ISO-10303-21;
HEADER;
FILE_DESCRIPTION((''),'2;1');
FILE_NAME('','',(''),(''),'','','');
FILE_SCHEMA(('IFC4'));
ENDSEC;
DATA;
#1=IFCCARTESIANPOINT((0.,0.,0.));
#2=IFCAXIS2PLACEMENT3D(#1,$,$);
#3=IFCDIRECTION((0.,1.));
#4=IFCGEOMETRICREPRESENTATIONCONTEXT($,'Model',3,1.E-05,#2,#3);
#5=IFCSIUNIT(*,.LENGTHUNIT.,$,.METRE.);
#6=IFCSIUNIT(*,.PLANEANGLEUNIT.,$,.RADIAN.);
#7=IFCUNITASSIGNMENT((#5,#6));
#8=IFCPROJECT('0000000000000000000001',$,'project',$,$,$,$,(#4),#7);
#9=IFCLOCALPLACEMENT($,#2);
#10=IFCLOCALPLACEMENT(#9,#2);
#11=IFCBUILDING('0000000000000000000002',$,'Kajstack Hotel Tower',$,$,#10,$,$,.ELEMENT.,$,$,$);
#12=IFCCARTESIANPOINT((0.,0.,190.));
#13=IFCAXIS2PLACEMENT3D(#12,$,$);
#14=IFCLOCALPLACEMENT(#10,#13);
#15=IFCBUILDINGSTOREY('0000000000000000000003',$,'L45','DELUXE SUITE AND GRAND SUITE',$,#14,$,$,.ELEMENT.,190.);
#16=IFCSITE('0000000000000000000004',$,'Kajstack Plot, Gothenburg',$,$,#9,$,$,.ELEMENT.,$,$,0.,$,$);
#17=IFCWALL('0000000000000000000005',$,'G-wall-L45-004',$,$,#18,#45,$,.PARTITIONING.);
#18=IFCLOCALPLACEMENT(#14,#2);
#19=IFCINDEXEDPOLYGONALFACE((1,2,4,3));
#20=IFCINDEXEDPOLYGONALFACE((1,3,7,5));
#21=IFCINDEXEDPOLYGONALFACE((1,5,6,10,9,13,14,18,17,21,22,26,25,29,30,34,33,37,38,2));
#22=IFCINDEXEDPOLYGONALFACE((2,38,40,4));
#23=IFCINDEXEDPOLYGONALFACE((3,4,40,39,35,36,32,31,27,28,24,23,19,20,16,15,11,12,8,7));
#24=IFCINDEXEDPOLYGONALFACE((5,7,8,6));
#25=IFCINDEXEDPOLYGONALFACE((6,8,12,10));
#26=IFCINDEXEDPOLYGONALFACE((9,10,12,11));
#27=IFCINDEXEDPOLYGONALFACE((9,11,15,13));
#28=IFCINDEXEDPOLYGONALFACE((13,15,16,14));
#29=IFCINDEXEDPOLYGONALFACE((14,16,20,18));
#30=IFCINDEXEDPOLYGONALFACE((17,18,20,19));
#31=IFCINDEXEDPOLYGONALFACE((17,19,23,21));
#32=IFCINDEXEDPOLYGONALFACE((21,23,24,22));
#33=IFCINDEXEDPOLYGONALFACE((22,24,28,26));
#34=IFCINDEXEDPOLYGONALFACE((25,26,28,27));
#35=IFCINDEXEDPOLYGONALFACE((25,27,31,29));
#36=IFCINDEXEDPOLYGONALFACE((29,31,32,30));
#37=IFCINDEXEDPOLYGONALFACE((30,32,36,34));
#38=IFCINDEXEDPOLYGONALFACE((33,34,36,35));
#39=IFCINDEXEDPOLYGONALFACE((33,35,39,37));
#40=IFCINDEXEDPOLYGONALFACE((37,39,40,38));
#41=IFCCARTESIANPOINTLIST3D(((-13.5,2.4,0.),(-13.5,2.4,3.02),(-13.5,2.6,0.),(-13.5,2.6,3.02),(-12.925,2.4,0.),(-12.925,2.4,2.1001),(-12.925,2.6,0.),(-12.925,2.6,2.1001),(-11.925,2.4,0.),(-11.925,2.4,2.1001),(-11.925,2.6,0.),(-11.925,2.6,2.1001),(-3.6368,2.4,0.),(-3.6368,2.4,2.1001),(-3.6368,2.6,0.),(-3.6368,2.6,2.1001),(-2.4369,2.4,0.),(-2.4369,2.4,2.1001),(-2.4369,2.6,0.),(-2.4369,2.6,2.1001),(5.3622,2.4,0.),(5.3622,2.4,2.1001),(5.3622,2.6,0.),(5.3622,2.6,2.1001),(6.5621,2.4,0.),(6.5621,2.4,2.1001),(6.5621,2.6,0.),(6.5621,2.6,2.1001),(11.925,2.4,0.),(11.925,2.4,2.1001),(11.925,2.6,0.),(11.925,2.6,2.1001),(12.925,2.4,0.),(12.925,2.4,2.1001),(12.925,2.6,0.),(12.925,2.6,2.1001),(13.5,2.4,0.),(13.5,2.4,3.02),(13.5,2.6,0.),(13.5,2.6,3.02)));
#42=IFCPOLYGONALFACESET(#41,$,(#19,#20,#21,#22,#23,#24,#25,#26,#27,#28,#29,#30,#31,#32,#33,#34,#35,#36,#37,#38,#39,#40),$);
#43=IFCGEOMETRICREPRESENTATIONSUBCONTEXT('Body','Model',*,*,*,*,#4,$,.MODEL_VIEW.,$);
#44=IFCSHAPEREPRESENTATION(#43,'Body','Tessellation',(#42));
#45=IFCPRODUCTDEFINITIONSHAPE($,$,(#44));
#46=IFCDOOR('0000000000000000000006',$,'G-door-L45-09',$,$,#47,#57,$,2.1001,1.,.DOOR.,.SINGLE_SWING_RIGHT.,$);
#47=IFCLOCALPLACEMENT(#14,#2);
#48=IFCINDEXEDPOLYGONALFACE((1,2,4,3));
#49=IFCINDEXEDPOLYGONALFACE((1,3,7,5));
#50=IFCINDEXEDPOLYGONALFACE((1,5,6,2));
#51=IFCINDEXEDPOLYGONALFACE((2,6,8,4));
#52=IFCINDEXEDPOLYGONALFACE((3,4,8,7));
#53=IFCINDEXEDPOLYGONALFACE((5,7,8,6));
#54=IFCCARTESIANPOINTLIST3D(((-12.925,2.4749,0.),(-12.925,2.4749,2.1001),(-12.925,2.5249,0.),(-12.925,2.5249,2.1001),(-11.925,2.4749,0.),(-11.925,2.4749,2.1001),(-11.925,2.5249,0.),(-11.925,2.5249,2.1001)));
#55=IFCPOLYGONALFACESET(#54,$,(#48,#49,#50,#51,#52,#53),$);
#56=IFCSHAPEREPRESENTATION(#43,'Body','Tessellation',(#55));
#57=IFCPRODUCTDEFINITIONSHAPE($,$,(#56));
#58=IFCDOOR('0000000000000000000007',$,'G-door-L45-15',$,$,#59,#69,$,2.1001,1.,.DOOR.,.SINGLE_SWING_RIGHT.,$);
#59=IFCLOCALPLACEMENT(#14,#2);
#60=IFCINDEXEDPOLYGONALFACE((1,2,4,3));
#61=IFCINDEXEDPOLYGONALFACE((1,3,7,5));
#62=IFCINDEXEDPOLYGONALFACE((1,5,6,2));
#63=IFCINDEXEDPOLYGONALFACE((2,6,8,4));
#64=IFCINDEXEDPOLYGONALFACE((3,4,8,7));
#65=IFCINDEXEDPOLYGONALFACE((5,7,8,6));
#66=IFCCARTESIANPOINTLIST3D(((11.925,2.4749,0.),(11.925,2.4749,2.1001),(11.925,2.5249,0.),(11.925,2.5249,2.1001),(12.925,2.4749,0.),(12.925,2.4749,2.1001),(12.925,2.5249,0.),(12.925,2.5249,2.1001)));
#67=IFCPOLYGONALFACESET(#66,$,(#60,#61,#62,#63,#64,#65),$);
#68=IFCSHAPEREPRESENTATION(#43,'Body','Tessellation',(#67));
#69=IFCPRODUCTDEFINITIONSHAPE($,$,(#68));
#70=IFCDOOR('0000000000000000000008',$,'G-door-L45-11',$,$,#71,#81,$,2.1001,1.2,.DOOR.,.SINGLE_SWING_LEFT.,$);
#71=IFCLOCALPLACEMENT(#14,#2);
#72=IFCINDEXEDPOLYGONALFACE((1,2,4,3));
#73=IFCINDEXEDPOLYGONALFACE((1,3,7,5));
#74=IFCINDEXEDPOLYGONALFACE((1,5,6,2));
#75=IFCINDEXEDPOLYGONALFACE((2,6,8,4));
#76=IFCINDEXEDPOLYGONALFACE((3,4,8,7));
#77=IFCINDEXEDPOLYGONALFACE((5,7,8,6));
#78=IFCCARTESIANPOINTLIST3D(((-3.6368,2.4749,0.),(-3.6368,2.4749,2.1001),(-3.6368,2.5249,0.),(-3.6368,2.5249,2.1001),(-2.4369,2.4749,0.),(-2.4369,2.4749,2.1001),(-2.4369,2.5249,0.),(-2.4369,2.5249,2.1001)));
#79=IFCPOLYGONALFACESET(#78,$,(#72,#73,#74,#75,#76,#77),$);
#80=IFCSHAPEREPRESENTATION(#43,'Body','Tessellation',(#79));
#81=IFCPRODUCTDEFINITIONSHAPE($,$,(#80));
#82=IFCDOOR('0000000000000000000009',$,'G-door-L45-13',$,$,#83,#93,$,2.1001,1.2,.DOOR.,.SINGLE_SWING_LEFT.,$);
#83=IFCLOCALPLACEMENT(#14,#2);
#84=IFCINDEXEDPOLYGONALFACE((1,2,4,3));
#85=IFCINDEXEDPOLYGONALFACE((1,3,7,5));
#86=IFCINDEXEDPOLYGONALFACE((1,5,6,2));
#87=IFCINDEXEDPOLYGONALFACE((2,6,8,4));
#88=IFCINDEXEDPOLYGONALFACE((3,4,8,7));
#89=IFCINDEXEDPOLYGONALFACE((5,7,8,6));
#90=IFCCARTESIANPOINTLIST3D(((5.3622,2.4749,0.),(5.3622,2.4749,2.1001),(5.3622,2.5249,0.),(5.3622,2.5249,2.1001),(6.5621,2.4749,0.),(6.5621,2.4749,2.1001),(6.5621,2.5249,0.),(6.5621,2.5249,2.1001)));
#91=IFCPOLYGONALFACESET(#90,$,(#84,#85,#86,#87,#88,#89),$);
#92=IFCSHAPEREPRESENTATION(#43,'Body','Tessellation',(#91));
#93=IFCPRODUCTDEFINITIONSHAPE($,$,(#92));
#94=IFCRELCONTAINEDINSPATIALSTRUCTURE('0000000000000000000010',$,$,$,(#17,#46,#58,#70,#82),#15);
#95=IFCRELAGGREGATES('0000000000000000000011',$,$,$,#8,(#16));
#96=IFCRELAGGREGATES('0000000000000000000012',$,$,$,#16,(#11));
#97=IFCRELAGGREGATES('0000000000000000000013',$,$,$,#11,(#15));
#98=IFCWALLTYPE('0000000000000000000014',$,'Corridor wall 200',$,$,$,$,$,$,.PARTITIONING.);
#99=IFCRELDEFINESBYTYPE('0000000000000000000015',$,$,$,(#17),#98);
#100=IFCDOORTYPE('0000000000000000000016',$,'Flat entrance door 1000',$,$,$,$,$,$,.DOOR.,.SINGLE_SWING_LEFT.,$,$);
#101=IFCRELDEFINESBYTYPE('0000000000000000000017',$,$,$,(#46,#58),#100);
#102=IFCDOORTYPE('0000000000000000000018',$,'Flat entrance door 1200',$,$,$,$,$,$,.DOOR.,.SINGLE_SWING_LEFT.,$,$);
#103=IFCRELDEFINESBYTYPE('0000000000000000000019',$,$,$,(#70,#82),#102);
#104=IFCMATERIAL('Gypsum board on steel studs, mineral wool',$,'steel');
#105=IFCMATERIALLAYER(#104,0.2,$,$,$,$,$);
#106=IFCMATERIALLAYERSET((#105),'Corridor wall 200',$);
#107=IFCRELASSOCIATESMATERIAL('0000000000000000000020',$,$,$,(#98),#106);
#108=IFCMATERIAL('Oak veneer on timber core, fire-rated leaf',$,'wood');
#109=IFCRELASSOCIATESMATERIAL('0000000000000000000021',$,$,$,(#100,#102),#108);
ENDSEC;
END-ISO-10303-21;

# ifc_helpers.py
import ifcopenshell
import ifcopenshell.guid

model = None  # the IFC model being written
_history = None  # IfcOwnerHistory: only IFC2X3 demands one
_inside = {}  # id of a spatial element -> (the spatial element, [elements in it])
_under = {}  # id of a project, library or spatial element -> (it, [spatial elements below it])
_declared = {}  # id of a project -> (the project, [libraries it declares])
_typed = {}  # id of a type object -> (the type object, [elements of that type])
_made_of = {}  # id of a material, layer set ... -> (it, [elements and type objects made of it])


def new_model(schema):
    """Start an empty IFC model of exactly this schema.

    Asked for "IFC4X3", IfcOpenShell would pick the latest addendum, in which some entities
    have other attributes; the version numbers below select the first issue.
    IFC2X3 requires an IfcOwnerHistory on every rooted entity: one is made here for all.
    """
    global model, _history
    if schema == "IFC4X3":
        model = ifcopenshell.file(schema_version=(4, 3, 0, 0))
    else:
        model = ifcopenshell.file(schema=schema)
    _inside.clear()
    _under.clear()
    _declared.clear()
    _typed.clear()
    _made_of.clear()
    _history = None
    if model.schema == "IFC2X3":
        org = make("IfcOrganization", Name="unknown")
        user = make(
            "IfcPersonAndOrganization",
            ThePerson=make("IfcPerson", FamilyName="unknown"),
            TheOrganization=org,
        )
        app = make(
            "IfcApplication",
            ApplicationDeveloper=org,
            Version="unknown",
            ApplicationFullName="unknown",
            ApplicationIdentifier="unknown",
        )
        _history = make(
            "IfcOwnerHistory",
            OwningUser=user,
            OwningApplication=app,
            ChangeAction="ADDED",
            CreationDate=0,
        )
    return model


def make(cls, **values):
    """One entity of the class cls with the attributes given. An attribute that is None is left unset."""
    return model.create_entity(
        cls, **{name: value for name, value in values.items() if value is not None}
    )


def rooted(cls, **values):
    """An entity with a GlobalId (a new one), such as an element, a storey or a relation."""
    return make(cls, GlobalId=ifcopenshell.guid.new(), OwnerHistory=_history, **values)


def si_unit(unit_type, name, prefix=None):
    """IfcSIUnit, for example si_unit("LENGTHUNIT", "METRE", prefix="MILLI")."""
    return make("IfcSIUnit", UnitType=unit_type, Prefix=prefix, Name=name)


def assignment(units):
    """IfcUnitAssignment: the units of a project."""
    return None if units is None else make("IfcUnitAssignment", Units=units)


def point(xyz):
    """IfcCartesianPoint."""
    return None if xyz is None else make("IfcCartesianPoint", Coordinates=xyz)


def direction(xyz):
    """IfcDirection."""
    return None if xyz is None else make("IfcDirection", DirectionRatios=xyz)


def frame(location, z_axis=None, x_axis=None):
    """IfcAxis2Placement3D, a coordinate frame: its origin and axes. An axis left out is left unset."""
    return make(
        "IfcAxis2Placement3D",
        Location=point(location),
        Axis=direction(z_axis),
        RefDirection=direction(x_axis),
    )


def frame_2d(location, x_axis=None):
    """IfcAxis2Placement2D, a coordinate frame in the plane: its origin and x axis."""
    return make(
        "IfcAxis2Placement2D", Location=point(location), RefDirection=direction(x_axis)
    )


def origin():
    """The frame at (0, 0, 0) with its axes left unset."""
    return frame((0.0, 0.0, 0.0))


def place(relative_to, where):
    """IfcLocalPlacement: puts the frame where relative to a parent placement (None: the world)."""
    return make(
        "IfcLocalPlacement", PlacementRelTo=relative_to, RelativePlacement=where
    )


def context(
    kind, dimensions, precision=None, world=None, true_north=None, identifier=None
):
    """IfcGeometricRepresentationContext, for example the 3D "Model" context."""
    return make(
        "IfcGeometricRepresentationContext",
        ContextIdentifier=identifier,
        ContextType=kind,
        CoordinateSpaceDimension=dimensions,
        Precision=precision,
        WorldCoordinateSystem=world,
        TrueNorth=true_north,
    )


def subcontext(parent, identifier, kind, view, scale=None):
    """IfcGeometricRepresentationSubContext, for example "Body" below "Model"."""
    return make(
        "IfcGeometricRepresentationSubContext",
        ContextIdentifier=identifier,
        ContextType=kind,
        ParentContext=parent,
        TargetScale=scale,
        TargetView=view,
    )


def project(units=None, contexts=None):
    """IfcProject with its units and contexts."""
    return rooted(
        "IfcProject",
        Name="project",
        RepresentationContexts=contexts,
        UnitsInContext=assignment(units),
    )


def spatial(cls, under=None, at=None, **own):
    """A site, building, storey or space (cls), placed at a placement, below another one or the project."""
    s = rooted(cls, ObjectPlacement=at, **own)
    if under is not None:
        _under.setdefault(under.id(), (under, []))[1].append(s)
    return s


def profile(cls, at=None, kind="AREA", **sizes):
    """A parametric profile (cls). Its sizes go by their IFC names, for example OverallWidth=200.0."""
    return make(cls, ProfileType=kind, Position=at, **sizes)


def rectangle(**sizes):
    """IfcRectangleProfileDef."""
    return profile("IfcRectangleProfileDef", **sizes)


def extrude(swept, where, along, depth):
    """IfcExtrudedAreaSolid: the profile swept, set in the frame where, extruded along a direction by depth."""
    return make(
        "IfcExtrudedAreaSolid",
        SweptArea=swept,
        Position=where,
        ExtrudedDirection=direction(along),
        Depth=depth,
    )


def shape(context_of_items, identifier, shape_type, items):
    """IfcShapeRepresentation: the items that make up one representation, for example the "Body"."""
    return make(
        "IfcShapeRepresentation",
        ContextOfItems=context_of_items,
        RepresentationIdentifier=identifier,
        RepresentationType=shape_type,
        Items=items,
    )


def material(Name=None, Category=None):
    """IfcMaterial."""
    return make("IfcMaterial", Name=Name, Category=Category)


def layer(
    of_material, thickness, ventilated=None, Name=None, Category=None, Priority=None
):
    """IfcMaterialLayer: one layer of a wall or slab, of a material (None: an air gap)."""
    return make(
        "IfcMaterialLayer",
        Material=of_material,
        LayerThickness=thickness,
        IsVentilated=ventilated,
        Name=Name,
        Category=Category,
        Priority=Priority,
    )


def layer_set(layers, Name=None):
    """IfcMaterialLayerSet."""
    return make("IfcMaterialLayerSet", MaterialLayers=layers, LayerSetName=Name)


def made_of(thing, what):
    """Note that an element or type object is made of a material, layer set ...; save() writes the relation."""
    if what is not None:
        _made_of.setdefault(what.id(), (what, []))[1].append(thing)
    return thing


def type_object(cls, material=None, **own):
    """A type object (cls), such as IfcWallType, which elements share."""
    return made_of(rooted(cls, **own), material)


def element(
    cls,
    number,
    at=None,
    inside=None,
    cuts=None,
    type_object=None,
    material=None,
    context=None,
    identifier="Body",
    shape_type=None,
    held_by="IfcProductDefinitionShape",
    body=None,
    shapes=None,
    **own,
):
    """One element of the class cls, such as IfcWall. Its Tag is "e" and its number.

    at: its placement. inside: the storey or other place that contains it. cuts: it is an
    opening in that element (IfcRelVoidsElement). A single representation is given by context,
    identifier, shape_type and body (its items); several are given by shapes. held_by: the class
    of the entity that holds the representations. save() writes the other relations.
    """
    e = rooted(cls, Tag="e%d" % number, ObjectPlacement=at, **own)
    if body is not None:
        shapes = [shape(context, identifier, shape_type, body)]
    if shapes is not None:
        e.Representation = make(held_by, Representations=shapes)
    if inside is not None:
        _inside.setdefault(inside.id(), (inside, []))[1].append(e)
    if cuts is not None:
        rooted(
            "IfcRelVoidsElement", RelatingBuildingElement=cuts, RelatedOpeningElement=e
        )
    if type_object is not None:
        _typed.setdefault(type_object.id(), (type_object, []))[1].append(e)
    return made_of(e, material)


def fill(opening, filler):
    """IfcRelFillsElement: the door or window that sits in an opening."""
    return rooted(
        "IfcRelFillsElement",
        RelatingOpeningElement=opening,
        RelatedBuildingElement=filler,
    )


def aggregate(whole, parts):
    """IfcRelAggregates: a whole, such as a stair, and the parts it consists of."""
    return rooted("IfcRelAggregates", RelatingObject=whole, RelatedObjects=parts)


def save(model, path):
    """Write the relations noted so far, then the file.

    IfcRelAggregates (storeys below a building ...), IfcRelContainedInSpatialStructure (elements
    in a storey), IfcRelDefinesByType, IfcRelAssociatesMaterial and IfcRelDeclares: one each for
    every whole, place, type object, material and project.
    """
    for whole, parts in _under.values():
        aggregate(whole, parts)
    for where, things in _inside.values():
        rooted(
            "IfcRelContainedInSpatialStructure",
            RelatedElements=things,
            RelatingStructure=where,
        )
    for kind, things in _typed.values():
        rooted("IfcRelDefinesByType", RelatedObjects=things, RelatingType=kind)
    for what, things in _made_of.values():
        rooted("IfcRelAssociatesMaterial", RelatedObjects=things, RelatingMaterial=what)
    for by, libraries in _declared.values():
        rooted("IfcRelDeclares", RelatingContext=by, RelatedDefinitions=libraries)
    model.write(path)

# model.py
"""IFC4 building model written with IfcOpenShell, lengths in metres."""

from ifc_helpers import new_model, si_unit, direction, frame, frame_2d, origin, place, context, subcontext, project, spatial, rectangle, extrude, material, layer, layer_set, type_object, element, fill, save


model = new_model("IFC4")

# Units and contexts
model_context = context("Model", 3, precision=1e-05, world=origin(), true_north=direction((0.0, 1.0)))
body_context = subcontext(model_context, "Body", "Model", "MODEL_VIEW")
ifc_project = project(units=[si_unit("LENGTHUNIT", "METRE"), si_unit("PLANEANGLEUNIT", "RADIAN")], contexts=[model_context])

# Site, building, storey
site_placement = place(None, origin())
site = spatial("IfcSite", under=ifc_project, at=site_placement, Name="Kajstack Plot, Gothenburg", CompositionType="ELEMENT", RefElevation=0.0)
building_placement = place(site_placement, origin())
building = spatial("IfcBuilding", under=site, at=building_placement, Name="Kajstack Hotel Tower", CompositionType="ELEMENT")
storey_placement = place(building_placement, frame((0.0, 0.0, 190.0)))
storey = spatial("IfcBuildingStorey", under=building, at=storey_placement, Name="L45", Description="DELUXE SUITE AND GRAND SUITE", CompositionType="ELEMENT", Elevation=190.0)

# Wall, openings, doors
ifc_material_1 = material(Name="Gypsum board on steel studs, mineral wool", Category="steel")
ifc_layer_1 = layer(ifc_material_1, 0.2)
ifc_layer_set_1 = layer_set([ifc_layer_1], Name="Corridor wall 200")
wall_type_1 = type_object("IfcWallType", Name="Corridor wall 200", PredefinedType="PARTITIONING", material=ifc_layer_set_1)
wall_1_placement = place(storey_placement, frame((-13.5, 2.5, 0.0), z_axis=(0.0, 0.0, 1.0), x_axis=(1.0, 0.0, 0.0)))
wall_1 = element("IfcWall", 1, at=wall_1_placement, inside=storey, type_object=wall_type_1, Name="G-wall-L45-004", PredefinedType="PARTITIONING", context=body_context, shape_type="SweptSolid", body=[
    extrude(rectangle(XDim=27.0, YDim=0.2, at=frame_2d((13.5, 0.0))), origin(), (0.0, 0.0, 1.0), 3.02),
])
opening_1_placement = place(wall_1_placement, frame((0.575, 0.0, 0.0)))
opening_1 = element("IfcOpeningElement", 2, at=opening_1_placement, cuts=wall_1, PredefinedType="OPENING", context=body_context, shape_type="SweptSolid", body=[
    extrude(rectangle(XDim=1.0, YDim=2.1001, at=frame_2d((0.5, 1.05))), frame((0.0, 0.1099, 0.0), z_axis=(0.0, -1.0, 0.0), x_axis=(1.0, 0.0, 0.0)), (0.0, 0.0, 1.0), 0.22),
])
opening_2_placement = place(wall_1_placement, frame((9.863, 0.0, 0.0)))
opening_2 = element("IfcOpeningElement", 3, at=opening_2_placement, cuts=wall_1, PredefinedType="OPENING", context=body_context, shape_type="SweptSolid", body=[
    extrude(rectangle(XDim=1.2, YDim=2.1001, at=frame_2d((0.6001, 1.05))), frame((0.0, 0.1099, 0.0), z_axis=(0.0, -1.0, 0.0), x_axis=(1.0, 0.0, 0.0)), (0.0, 0.0, 1.0), 0.22),
])
opening_3_placement = place(wall_1_placement, frame((18.8621, 0.0, 0.0)))
opening_3 = element("IfcOpeningElement", 4, at=opening_3_placement, cuts=wall_1, PredefinedType="OPENING", context=body_context, shape_type="SweptSolid", body=[
    extrude(rectangle(XDim=1.2, YDim=2.1001, at=frame_2d((0.6001, 1.05))), frame((0.0, 0.1099, 0.0), z_axis=(0.0, -1.0, 0.0), x_axis=(1.0, 0.0, 0.0)), (0.0, 0.0, 1.0), 0.22),
])
opening_4_placement = place(wall_1_placement, frame((25.425, 0.0, 0.0)))
opening_4 = element("IfcOpeningElement", 5, at=opening_4_placement, cuts=wall_1, PredefinedType="OPENING", context=body_context, shape_type="SweptSolid", body=[
    extrude(rectangle(XDim=1.0, YDim=2.1001, at=frame_2d((0.5, 1.05))), frame((0.0, 0.1099, 0.0), z_axis=(0.0, -1.0, 0.0), x_axis=(1.0, 0.0, 0.0)), (0.0, 0.0, 1.0), 0.22),
])
ifc_material_2 = material(Name="Oak veneer on timber core, fire-rated leaf", Category="wood")
door_type_1 = type_object("IfcDoorType", Name="Flat entrance door 1000", OperationType="SINGLE_SWING_LEFT", PredefinedType="DOOR", material=ifc_material_2)
door_1_placement = place(opening_1_placement, origin())
door_1 = element("IfcDoor", 6, at=door_1_placement, inside=storey, type_object=door_type_1, Name="G-door-L45-09", OperationType="SINGLE_SWING_RIGHT", OverallHeight=2.1001, OverallWidth=1.0, PredefinedType="DOOR", context=body_context, shape_type="SweptSolid", body=[
    extrude(rectangle(XDim=1.0, YDim=2.1001, at=frame_2d((0.5, 1.05))), frame((0.0, 0.0249, 0.0), z_axis=(0.0, -1.0, 0.0), x_axis=(1.0, 0.0, 0.0)), (0.0, 0.0, 1.0), 0.05),
])
fill(opening_1, door_1)
door_2_placement = place(opening_4_placement, origin())
door_2 = element("IfcDoor", 7, at=door_2_placement, inside=storey, type_object=door_type_1, Name="G-door-L45-15", OperationType="SINGLE_SWING_RIGHT", OverallHeight=2.1001, OverallWidth=1.0, PredefinedType="DOOR", context=body_context, shape_type="SweptSolid", body=[
    extrude(rectangle(XDim=1.0, YDim=2.1001, at=frame_2d((0.5, 1.05))), frame((0.0, 0.0249, 0.0), z_axis=(0.0, -1.0, 0.0), x_axis=(1.0, 0.0, 0.0)), (0.0, 0.0, 1.0), 0.05),
])
fill(opening_4, door_2)
door_type_2 = type_object("IfcDoorType", Name="Flat entrance door 1200", OperationType="SINGLE_SWING_LEFT", PredefinedType="DOOR", material=ifc_material_2)
door_3_placement = place(opening_2_placement, origin())
door_3 = element("IfcDoor", 8, at=door_3_placement, inside=storey, type_object=door_type_2, Name="G-door-L45-11", OperationType="SINGLE_SWING_LEFT", OverallHeight=2.1001, OverallWidth=1.2, PredefinedType="DOOR", context=body_context, shape_type="SweptSolid", body=[
    extrude(rectangle(XDim=1.2, YDim=2.1001, at=frame_2d((0.6001, 1.05))), frame((0.0, 0.0249, 0.0), z_axis=(0.0, -1.0, 0.0), x_axis=(1.0, 0.0, 0.0)), (0.0, 0.0, 1.0), 0.05),
])
fill(opening_2, door_3)
door_4_placement = place(opening_3_placement, origin())
door_4 = element("IfcDoor", 9, at=door_4_placement, inside=storey, type_object=door_type_2, Name="G-door-L45-13", OperationType="SINGLE_SWING_LEFT", OverallHeight=2.1001, OverallWidth=1.2, PredefinedType="DOOR", context=body_context, shape_type="SweptSolid", body=[
    extrude(rectangle(XDim=1.2, YDim=2.1001, at=frame_2d((0.6001, 1.05))), frame((0.0, 0.0249, 0.0), z_axis=(0.0, -1.0, 0.0), x_axis=(1.0, 0.0, 0.0)), (0.0, 0.0, 1.0), 0.05),
])
fill(opening_3, door_4)

save(model, "model.ifc")
